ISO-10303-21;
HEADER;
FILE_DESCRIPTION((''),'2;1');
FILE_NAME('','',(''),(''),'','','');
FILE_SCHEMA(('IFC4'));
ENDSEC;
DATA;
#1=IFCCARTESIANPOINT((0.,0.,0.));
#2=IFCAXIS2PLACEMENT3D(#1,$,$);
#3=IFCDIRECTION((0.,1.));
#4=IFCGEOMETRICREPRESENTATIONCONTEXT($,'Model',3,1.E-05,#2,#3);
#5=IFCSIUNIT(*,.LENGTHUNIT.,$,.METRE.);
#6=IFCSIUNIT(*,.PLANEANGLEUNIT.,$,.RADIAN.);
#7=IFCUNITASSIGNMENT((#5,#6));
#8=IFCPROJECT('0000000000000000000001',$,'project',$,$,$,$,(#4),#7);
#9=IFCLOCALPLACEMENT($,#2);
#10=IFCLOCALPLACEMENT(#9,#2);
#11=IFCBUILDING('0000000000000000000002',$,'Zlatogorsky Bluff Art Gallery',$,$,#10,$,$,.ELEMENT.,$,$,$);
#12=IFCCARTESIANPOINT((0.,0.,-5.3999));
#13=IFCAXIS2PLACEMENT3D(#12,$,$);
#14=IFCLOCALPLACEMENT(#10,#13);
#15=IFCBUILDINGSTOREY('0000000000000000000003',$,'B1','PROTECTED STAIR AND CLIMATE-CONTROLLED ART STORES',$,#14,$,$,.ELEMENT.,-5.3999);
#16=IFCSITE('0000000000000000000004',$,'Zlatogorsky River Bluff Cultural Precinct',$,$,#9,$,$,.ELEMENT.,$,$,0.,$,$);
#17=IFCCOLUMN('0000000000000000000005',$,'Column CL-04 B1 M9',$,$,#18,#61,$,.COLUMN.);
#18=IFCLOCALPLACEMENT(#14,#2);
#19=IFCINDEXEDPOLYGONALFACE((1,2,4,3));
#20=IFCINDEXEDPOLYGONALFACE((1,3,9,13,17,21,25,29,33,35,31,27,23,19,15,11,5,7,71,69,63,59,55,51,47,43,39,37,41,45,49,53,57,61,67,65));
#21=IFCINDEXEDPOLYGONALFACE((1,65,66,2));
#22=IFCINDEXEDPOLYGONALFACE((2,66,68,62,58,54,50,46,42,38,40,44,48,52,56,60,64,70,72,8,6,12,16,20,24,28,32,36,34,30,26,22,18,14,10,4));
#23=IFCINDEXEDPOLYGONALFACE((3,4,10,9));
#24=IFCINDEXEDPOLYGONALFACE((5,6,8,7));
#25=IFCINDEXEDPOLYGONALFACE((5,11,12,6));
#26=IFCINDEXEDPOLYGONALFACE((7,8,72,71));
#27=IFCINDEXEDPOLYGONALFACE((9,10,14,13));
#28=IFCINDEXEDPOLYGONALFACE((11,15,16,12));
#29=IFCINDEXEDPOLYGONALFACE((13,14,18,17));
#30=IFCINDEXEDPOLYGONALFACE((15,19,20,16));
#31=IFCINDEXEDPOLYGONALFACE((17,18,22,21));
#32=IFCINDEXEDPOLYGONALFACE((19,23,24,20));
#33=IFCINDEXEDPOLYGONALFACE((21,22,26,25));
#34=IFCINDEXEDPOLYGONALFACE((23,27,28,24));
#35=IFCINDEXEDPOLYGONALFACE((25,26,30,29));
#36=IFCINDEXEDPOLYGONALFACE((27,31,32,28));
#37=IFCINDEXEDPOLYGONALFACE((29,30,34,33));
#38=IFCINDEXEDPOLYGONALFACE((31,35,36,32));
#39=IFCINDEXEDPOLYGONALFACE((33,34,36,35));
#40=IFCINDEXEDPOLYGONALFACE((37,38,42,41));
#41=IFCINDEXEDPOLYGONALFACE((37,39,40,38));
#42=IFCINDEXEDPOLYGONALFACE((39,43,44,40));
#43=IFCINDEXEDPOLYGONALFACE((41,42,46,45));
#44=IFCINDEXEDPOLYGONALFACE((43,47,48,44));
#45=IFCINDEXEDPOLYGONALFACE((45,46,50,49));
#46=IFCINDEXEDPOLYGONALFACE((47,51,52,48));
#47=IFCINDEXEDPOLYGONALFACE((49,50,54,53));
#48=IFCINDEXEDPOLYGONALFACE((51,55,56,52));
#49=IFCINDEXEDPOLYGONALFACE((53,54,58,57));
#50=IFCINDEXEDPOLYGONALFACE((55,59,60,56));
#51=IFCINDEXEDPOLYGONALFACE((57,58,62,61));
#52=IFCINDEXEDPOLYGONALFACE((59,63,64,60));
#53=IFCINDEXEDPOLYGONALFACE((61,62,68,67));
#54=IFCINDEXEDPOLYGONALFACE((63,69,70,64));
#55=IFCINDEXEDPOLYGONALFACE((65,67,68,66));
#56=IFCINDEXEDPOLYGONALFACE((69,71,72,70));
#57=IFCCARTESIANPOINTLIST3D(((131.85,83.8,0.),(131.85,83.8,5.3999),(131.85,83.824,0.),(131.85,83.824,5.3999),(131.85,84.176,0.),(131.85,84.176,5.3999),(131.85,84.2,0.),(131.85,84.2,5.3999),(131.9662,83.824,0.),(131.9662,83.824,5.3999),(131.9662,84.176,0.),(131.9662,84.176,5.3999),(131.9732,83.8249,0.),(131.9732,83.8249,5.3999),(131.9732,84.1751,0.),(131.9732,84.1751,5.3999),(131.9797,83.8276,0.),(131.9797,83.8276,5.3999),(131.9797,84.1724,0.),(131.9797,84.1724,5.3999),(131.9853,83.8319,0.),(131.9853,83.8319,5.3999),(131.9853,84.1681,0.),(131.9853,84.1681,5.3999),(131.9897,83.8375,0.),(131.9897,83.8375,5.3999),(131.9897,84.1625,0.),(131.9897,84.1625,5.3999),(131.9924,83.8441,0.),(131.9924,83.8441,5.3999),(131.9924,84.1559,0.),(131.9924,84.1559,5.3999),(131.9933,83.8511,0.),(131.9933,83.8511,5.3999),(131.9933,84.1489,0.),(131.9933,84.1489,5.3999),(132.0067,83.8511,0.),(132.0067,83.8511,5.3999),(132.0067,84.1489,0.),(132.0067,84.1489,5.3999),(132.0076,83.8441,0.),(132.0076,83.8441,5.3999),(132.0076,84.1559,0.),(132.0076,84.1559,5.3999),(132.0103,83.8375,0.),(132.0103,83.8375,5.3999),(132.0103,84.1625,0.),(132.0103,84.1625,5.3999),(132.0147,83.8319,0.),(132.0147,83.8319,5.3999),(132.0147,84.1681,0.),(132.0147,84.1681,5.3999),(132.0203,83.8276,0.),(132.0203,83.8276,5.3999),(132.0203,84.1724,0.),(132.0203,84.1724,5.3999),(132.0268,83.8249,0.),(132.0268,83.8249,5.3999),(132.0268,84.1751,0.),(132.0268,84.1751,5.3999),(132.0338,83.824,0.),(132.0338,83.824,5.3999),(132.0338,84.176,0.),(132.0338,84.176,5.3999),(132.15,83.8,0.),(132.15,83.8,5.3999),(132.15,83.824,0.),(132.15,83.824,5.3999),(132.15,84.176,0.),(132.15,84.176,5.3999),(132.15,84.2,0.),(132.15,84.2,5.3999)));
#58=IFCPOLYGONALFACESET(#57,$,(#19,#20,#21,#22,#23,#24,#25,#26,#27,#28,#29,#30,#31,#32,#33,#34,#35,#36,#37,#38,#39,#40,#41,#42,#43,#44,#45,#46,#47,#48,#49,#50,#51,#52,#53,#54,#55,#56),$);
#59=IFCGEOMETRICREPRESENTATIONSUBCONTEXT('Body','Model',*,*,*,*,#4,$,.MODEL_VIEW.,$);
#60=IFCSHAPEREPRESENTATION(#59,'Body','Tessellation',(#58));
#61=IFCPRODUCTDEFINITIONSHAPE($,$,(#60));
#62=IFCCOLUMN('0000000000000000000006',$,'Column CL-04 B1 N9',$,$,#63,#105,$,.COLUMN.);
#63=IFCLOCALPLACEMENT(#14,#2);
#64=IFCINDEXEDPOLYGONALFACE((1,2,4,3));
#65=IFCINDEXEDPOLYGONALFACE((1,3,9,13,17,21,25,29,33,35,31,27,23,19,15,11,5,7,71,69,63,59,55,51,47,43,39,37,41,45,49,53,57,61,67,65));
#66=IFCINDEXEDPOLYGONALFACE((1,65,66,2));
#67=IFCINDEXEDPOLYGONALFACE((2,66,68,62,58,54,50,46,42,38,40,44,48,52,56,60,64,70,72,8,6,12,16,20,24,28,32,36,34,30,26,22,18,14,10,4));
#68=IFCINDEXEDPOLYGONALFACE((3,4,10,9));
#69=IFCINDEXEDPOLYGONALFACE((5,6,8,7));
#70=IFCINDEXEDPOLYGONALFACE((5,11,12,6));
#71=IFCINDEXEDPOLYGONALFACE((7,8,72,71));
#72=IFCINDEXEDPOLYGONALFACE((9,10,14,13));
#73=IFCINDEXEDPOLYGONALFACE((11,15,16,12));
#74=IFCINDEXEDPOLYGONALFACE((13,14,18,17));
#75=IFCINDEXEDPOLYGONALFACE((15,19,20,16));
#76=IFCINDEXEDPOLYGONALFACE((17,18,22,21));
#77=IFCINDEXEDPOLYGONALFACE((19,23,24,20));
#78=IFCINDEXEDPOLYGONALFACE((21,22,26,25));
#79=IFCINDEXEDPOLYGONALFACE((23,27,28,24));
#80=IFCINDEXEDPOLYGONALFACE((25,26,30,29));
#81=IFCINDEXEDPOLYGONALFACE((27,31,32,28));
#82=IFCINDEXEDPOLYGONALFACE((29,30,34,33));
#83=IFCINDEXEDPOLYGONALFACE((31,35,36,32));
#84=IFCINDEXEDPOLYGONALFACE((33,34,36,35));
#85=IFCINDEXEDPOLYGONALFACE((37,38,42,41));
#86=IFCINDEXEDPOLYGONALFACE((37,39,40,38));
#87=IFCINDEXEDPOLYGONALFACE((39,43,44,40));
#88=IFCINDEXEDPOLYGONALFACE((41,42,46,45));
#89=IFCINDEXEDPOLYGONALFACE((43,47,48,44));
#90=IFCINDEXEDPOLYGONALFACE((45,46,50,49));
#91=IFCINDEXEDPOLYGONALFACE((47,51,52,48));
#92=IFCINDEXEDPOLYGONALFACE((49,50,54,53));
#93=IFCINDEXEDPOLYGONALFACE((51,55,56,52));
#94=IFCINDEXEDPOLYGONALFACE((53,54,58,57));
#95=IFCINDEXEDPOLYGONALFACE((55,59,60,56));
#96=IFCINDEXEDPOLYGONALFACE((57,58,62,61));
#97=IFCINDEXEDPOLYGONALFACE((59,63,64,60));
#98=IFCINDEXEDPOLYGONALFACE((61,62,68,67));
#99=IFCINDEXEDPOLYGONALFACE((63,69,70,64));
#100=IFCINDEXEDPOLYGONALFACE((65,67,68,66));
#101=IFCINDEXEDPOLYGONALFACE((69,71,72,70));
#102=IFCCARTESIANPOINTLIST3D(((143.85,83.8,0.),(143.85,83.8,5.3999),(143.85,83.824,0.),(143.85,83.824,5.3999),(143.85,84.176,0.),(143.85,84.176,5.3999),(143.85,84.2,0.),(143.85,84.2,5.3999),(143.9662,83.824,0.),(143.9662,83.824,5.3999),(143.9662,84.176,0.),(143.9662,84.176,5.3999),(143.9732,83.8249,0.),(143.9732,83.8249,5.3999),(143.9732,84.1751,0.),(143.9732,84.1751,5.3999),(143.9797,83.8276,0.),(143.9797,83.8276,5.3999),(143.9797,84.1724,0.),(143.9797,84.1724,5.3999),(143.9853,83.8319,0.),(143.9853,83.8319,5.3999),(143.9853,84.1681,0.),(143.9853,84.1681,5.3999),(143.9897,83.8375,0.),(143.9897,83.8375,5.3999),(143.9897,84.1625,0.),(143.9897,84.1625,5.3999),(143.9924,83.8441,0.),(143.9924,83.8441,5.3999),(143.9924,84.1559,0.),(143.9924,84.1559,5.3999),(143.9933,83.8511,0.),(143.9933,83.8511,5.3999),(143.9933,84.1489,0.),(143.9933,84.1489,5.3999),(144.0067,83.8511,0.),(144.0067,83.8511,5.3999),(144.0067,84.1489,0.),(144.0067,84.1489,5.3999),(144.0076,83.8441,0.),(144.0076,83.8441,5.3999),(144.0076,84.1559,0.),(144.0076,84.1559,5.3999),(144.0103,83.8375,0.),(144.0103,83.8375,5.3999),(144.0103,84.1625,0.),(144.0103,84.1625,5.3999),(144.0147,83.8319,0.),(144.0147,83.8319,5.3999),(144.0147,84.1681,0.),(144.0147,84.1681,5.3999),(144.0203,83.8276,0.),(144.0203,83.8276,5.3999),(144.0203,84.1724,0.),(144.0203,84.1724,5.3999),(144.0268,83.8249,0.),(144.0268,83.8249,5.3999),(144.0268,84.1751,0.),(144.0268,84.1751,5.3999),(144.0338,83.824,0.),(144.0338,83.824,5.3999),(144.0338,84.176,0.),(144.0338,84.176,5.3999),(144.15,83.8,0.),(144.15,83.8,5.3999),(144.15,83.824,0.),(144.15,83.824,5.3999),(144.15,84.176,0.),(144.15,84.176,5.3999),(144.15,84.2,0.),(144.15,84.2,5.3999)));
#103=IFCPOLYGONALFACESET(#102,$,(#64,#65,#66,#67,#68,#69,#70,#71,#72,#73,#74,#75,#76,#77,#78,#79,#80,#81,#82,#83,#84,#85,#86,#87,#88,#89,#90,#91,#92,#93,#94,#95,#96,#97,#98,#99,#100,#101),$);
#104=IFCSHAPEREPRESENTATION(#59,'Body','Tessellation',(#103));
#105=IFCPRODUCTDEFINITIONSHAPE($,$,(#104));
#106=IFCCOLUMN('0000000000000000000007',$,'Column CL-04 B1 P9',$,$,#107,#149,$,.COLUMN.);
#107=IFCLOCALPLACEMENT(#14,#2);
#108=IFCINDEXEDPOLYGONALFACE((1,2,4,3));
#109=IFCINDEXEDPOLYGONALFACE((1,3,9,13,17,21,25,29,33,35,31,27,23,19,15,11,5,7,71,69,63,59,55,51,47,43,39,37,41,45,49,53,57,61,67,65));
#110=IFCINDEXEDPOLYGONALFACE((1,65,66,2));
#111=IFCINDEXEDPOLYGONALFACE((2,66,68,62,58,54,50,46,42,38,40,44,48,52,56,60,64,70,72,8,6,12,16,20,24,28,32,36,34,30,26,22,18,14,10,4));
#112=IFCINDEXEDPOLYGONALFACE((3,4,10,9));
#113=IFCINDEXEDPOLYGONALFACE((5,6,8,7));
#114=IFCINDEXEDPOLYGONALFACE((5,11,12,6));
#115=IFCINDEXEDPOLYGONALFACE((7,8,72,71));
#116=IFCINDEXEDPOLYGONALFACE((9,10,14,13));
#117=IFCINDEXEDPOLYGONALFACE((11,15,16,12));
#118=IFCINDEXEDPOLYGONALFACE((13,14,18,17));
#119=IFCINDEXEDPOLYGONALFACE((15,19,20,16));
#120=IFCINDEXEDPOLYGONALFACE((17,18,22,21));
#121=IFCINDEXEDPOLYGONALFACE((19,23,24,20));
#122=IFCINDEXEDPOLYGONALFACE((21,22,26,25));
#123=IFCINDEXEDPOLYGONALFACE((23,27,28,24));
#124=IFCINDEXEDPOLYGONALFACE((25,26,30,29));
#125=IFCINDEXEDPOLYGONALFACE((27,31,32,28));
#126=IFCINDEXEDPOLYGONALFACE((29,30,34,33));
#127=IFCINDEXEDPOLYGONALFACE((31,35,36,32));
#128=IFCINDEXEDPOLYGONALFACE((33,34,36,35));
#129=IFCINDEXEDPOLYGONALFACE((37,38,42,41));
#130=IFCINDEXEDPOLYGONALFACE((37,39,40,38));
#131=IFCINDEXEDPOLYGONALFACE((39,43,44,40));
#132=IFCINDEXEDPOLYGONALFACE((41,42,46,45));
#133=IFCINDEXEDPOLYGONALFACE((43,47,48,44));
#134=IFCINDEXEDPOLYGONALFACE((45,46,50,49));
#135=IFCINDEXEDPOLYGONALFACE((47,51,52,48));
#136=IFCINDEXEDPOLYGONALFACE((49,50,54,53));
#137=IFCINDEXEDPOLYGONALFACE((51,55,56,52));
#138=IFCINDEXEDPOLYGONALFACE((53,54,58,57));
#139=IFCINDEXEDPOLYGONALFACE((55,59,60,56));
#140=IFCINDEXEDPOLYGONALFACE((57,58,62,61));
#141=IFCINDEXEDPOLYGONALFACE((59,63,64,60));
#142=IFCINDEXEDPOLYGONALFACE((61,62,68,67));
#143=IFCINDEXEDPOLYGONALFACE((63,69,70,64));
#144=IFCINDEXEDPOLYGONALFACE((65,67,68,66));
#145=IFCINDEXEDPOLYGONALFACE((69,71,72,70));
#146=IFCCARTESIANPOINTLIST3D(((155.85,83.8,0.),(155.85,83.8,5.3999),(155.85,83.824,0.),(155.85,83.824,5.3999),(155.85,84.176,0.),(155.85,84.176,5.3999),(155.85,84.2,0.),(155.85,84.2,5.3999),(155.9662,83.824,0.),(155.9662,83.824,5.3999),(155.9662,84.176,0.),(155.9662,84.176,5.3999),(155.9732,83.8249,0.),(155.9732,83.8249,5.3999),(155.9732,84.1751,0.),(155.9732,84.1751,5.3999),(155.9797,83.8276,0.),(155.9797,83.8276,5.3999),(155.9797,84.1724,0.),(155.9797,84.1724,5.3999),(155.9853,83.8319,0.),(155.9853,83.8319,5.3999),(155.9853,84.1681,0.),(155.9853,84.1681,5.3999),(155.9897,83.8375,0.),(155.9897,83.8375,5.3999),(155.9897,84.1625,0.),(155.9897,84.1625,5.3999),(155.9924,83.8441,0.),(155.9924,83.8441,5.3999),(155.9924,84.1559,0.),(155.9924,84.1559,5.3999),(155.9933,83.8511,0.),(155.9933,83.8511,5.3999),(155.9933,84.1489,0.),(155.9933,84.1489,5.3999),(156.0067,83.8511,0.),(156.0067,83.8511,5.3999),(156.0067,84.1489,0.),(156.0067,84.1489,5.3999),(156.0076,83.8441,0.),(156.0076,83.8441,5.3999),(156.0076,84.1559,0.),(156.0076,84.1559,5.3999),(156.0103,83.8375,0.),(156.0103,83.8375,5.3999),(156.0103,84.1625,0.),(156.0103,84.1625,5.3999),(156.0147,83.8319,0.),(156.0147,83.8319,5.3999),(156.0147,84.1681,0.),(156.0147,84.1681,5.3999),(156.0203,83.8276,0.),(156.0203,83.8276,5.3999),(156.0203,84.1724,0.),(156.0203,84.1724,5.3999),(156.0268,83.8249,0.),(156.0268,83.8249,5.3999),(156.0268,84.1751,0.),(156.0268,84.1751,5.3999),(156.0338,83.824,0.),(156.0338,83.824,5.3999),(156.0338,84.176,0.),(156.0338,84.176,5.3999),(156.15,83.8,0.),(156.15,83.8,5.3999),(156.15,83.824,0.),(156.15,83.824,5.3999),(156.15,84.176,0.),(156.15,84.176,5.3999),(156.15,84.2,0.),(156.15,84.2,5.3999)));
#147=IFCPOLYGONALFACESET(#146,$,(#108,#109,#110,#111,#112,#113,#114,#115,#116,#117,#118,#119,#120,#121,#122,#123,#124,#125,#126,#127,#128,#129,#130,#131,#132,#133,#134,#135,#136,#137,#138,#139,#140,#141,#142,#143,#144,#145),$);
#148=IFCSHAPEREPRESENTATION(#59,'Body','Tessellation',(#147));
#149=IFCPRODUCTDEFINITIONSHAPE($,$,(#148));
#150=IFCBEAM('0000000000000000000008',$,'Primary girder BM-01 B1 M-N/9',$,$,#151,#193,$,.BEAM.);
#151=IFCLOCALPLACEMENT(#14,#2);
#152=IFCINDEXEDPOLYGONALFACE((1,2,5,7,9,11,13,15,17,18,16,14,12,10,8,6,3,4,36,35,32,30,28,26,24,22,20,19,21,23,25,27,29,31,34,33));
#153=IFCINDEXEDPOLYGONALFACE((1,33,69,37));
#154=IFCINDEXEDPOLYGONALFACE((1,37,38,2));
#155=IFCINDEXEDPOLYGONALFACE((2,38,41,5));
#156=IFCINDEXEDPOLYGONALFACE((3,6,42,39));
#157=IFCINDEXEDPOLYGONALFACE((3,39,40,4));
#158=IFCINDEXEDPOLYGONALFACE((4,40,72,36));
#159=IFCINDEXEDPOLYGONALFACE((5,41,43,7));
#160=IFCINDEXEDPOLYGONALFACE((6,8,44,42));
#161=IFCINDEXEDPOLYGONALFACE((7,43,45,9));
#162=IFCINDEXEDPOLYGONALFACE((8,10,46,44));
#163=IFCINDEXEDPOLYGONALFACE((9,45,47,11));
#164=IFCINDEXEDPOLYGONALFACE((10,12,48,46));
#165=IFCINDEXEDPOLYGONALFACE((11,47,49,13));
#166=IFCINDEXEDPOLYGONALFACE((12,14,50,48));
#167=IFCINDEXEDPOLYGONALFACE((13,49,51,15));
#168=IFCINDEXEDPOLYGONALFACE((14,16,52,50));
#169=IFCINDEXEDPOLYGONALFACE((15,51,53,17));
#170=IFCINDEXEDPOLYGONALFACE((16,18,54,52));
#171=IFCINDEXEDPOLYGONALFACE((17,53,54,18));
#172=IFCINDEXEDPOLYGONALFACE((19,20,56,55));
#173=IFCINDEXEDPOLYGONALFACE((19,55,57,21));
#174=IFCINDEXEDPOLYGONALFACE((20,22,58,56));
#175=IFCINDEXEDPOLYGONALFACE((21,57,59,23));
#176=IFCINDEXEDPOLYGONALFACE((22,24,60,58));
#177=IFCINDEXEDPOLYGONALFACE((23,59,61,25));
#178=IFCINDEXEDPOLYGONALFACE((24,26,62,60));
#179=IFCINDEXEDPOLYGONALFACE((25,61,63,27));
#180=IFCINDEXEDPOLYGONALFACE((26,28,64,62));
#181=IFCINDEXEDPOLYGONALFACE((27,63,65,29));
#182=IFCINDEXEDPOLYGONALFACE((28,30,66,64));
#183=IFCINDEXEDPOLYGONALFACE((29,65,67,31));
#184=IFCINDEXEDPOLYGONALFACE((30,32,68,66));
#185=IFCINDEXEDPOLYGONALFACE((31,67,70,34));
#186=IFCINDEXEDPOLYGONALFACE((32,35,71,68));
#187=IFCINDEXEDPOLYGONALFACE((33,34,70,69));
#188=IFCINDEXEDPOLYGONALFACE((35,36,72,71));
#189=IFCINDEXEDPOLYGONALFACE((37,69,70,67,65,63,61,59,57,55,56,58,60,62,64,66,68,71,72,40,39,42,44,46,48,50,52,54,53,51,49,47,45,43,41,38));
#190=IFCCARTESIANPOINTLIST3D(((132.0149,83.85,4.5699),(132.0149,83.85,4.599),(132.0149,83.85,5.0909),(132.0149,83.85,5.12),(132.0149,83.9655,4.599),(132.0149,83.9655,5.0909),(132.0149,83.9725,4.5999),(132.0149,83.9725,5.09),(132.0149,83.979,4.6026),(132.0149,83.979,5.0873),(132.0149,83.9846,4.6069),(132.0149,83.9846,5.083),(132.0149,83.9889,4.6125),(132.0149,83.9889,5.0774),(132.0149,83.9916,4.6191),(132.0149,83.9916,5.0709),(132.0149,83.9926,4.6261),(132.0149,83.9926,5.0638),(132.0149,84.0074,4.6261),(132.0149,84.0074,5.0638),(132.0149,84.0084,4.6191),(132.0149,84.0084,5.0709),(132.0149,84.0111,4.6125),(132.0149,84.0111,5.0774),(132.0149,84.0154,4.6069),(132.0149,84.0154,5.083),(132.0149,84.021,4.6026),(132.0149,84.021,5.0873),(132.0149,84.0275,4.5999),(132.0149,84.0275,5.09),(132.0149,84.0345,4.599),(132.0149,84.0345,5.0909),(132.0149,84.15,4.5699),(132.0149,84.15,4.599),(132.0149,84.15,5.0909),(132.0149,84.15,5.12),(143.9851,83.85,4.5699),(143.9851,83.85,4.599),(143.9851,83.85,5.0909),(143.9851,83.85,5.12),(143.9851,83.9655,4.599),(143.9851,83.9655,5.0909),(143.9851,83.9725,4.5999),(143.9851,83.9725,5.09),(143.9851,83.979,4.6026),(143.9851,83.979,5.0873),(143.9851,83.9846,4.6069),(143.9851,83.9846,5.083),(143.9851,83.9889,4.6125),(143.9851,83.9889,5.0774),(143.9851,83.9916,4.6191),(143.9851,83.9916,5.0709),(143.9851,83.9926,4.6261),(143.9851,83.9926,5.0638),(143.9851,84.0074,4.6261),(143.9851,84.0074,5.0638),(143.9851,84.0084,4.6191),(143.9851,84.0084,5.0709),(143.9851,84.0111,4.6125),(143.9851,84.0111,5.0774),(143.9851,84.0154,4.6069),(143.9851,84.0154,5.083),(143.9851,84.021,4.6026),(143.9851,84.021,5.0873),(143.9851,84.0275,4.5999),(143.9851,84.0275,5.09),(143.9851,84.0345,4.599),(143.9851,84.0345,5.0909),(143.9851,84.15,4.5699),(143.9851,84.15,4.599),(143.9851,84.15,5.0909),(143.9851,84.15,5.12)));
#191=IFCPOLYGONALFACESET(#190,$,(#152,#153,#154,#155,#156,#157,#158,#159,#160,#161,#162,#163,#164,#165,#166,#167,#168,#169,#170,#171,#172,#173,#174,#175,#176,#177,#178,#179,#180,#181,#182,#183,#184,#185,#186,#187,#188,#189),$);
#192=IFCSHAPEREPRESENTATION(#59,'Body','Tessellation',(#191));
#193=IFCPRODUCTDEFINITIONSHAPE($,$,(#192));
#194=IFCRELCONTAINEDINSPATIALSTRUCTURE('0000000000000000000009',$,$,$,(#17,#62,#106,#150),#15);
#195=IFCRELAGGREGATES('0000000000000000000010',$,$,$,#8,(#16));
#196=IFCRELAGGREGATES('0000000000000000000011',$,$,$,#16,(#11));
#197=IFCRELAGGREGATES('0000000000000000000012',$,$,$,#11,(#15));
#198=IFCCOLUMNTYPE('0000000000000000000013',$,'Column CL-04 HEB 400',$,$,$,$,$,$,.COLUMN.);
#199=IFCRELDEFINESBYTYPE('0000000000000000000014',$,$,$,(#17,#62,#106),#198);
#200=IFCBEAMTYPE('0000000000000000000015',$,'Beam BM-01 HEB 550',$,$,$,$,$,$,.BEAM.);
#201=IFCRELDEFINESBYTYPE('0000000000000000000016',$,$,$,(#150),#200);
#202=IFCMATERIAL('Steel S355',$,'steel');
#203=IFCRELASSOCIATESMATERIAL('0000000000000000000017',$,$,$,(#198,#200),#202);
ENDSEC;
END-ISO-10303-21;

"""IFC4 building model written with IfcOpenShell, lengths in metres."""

from ifc_helpers import new_model, si_unit, direction, frame, origin, origin_2d, place, context, subcontext, project, spatial, i_section, extrude, material, material_profile, profile_set, type_object, element, save


model = new_model("IFC4")

# Units and contexts
model_context = context("Model", 3, precision=1e-05, world=origin(), true_north=direction((0.0, 1.0)))
body_context = subcontext(model_context, "Body", "Model", "MODEL_VIEW")
ifc_project = project(units=[si_unit("LENGTHUNIT", "METRE"), si_unit("PLANEANGLEUNIT", "RADIAN")], contexts=[model_context])

# Site, building, storey
site_placement = place(None, origin())
site = spatial("IfcSite", under=ifc_project, at=site_placement, Name="Zlatogorsky River Bluff Cultural Precinct", CompositionType="ELEMENT", RefElevation=0.0)
building_placement = place(site_placement, origin())
building = spatial("IfcBuilding", under=site, at=building_placement, Name="Zlatogorsky Bluff Art Gallery", CompositionType="ELEMENT")
storey_placement = place(building_placement, frame((0.0, 0.0, -5.3999)))
storey = spatial("IfcBuildingStorey", under=building, at=storey_placement, Name="B1", Description="PROTECTED STAIR AND CLIMATE-CONTROLLED ART STORES", CompositionType="ELEMENT", Elevation=-5.3999)

# Columns
ifc_material_1 = material(Name="Steel S355", Category="steel")
ifc_material_profile_1 = material_profile(ifc_material_1, i_section(OverallWidth=0.3, OverallDepth=0.3999, WebThickness=0.0134, FlangeThickness=0.0239, FilletRadius=0.0271, at=origin_2d()), Name="HEB 400")
ifc_profile_set_1 = profile_set([ifc_material_profile_1], Name="Steel S355")
column_type = type_object("IfcColumnType", Name="Column CL-04 HEB 400", PredefinedType="COLUMN", material=ifc_profile_set_1)
for number, where, z_axis, x_axis, name in (
    (1, (132.0, 84.0, 0.0), (0.0, 0.0, 1.0), (1.0, 0.0, 0.0), "Column CL-04 B1 M9"),
    (2, (144.0, 84.0, 0.0), (0.0, 0.0, 1.0), (1.0, 0.0, 0.0), "Column CL-04 B1 N9"),
    (3, (156.0, 84.0, 0.0), (0.0, 0.0, 1.0), (1.0, 0.0, 0.0), "Column CL-04 B1 P9"),
):
    element("IfcColumn", number, at=place(storey_placement, frame(where, z_axis=z_axis, x_axis=x_axis)), inside=storey, type_object=column_type, Name=name, PredefinedType="COLUMN", context=body_context, shape_type="SweptSolid", body=[
        extrude(i_section(OverallWidth=0.3, OverallDepth=0.3999, WebThickness=0.0134, FlangeThickness=0.0239, FilletRadius=0.0271, at=origin_2d()), origin(), (0.0, 0.0, 1.0), 5.3999),
    ])

# Beam
ifc_material_profile_2 = material_profile(ifc_material_1, i_section(OverallWidth=0.3, OverallDepth=0.55, WebThickness=0.0149, FlangeThickness=0.0291, FilletRadius=0.0271, at=origin_2d()), Name="HEB 550")
ifc_profile_set_2 = profile_set([ifc_material_profile_2], Name="Steel S355")
beam_type_1 = type_object("IfcBeamType", Name="Beam BM-01 HEB 550", PredefinedType="BEAM", material=ifc_profile_set_2)
for number, where, z_axis, x_axis, name in (
    (4, (132.0149, 84.0, 4.845), (1.0, 0.0, 0.0), (0.0, 1.0, 0.0), "Primary girder BM-01 B1 M-N/9"),
):
    element("IfcBeam", number, at=place(storey_placement, frame(where, z_axis=z_axis, x_axis=x_axis)), inside=storey, type_object=beam_type_1, Name=name, PredefinedType="BEAM", context=body_context, shape_type="SweptSolid", body=[
        extrude(i_section(OverallWidth=0.3, OverallDepth=0.55, WebThickness=0.0149, FlangeThickness=0.0291, FilletRadius=0.0271, at=origin_2d()), origin(), (0.0, 0.0, 1.0), 11.9702),
    ])

save(model, "model.ifc")
